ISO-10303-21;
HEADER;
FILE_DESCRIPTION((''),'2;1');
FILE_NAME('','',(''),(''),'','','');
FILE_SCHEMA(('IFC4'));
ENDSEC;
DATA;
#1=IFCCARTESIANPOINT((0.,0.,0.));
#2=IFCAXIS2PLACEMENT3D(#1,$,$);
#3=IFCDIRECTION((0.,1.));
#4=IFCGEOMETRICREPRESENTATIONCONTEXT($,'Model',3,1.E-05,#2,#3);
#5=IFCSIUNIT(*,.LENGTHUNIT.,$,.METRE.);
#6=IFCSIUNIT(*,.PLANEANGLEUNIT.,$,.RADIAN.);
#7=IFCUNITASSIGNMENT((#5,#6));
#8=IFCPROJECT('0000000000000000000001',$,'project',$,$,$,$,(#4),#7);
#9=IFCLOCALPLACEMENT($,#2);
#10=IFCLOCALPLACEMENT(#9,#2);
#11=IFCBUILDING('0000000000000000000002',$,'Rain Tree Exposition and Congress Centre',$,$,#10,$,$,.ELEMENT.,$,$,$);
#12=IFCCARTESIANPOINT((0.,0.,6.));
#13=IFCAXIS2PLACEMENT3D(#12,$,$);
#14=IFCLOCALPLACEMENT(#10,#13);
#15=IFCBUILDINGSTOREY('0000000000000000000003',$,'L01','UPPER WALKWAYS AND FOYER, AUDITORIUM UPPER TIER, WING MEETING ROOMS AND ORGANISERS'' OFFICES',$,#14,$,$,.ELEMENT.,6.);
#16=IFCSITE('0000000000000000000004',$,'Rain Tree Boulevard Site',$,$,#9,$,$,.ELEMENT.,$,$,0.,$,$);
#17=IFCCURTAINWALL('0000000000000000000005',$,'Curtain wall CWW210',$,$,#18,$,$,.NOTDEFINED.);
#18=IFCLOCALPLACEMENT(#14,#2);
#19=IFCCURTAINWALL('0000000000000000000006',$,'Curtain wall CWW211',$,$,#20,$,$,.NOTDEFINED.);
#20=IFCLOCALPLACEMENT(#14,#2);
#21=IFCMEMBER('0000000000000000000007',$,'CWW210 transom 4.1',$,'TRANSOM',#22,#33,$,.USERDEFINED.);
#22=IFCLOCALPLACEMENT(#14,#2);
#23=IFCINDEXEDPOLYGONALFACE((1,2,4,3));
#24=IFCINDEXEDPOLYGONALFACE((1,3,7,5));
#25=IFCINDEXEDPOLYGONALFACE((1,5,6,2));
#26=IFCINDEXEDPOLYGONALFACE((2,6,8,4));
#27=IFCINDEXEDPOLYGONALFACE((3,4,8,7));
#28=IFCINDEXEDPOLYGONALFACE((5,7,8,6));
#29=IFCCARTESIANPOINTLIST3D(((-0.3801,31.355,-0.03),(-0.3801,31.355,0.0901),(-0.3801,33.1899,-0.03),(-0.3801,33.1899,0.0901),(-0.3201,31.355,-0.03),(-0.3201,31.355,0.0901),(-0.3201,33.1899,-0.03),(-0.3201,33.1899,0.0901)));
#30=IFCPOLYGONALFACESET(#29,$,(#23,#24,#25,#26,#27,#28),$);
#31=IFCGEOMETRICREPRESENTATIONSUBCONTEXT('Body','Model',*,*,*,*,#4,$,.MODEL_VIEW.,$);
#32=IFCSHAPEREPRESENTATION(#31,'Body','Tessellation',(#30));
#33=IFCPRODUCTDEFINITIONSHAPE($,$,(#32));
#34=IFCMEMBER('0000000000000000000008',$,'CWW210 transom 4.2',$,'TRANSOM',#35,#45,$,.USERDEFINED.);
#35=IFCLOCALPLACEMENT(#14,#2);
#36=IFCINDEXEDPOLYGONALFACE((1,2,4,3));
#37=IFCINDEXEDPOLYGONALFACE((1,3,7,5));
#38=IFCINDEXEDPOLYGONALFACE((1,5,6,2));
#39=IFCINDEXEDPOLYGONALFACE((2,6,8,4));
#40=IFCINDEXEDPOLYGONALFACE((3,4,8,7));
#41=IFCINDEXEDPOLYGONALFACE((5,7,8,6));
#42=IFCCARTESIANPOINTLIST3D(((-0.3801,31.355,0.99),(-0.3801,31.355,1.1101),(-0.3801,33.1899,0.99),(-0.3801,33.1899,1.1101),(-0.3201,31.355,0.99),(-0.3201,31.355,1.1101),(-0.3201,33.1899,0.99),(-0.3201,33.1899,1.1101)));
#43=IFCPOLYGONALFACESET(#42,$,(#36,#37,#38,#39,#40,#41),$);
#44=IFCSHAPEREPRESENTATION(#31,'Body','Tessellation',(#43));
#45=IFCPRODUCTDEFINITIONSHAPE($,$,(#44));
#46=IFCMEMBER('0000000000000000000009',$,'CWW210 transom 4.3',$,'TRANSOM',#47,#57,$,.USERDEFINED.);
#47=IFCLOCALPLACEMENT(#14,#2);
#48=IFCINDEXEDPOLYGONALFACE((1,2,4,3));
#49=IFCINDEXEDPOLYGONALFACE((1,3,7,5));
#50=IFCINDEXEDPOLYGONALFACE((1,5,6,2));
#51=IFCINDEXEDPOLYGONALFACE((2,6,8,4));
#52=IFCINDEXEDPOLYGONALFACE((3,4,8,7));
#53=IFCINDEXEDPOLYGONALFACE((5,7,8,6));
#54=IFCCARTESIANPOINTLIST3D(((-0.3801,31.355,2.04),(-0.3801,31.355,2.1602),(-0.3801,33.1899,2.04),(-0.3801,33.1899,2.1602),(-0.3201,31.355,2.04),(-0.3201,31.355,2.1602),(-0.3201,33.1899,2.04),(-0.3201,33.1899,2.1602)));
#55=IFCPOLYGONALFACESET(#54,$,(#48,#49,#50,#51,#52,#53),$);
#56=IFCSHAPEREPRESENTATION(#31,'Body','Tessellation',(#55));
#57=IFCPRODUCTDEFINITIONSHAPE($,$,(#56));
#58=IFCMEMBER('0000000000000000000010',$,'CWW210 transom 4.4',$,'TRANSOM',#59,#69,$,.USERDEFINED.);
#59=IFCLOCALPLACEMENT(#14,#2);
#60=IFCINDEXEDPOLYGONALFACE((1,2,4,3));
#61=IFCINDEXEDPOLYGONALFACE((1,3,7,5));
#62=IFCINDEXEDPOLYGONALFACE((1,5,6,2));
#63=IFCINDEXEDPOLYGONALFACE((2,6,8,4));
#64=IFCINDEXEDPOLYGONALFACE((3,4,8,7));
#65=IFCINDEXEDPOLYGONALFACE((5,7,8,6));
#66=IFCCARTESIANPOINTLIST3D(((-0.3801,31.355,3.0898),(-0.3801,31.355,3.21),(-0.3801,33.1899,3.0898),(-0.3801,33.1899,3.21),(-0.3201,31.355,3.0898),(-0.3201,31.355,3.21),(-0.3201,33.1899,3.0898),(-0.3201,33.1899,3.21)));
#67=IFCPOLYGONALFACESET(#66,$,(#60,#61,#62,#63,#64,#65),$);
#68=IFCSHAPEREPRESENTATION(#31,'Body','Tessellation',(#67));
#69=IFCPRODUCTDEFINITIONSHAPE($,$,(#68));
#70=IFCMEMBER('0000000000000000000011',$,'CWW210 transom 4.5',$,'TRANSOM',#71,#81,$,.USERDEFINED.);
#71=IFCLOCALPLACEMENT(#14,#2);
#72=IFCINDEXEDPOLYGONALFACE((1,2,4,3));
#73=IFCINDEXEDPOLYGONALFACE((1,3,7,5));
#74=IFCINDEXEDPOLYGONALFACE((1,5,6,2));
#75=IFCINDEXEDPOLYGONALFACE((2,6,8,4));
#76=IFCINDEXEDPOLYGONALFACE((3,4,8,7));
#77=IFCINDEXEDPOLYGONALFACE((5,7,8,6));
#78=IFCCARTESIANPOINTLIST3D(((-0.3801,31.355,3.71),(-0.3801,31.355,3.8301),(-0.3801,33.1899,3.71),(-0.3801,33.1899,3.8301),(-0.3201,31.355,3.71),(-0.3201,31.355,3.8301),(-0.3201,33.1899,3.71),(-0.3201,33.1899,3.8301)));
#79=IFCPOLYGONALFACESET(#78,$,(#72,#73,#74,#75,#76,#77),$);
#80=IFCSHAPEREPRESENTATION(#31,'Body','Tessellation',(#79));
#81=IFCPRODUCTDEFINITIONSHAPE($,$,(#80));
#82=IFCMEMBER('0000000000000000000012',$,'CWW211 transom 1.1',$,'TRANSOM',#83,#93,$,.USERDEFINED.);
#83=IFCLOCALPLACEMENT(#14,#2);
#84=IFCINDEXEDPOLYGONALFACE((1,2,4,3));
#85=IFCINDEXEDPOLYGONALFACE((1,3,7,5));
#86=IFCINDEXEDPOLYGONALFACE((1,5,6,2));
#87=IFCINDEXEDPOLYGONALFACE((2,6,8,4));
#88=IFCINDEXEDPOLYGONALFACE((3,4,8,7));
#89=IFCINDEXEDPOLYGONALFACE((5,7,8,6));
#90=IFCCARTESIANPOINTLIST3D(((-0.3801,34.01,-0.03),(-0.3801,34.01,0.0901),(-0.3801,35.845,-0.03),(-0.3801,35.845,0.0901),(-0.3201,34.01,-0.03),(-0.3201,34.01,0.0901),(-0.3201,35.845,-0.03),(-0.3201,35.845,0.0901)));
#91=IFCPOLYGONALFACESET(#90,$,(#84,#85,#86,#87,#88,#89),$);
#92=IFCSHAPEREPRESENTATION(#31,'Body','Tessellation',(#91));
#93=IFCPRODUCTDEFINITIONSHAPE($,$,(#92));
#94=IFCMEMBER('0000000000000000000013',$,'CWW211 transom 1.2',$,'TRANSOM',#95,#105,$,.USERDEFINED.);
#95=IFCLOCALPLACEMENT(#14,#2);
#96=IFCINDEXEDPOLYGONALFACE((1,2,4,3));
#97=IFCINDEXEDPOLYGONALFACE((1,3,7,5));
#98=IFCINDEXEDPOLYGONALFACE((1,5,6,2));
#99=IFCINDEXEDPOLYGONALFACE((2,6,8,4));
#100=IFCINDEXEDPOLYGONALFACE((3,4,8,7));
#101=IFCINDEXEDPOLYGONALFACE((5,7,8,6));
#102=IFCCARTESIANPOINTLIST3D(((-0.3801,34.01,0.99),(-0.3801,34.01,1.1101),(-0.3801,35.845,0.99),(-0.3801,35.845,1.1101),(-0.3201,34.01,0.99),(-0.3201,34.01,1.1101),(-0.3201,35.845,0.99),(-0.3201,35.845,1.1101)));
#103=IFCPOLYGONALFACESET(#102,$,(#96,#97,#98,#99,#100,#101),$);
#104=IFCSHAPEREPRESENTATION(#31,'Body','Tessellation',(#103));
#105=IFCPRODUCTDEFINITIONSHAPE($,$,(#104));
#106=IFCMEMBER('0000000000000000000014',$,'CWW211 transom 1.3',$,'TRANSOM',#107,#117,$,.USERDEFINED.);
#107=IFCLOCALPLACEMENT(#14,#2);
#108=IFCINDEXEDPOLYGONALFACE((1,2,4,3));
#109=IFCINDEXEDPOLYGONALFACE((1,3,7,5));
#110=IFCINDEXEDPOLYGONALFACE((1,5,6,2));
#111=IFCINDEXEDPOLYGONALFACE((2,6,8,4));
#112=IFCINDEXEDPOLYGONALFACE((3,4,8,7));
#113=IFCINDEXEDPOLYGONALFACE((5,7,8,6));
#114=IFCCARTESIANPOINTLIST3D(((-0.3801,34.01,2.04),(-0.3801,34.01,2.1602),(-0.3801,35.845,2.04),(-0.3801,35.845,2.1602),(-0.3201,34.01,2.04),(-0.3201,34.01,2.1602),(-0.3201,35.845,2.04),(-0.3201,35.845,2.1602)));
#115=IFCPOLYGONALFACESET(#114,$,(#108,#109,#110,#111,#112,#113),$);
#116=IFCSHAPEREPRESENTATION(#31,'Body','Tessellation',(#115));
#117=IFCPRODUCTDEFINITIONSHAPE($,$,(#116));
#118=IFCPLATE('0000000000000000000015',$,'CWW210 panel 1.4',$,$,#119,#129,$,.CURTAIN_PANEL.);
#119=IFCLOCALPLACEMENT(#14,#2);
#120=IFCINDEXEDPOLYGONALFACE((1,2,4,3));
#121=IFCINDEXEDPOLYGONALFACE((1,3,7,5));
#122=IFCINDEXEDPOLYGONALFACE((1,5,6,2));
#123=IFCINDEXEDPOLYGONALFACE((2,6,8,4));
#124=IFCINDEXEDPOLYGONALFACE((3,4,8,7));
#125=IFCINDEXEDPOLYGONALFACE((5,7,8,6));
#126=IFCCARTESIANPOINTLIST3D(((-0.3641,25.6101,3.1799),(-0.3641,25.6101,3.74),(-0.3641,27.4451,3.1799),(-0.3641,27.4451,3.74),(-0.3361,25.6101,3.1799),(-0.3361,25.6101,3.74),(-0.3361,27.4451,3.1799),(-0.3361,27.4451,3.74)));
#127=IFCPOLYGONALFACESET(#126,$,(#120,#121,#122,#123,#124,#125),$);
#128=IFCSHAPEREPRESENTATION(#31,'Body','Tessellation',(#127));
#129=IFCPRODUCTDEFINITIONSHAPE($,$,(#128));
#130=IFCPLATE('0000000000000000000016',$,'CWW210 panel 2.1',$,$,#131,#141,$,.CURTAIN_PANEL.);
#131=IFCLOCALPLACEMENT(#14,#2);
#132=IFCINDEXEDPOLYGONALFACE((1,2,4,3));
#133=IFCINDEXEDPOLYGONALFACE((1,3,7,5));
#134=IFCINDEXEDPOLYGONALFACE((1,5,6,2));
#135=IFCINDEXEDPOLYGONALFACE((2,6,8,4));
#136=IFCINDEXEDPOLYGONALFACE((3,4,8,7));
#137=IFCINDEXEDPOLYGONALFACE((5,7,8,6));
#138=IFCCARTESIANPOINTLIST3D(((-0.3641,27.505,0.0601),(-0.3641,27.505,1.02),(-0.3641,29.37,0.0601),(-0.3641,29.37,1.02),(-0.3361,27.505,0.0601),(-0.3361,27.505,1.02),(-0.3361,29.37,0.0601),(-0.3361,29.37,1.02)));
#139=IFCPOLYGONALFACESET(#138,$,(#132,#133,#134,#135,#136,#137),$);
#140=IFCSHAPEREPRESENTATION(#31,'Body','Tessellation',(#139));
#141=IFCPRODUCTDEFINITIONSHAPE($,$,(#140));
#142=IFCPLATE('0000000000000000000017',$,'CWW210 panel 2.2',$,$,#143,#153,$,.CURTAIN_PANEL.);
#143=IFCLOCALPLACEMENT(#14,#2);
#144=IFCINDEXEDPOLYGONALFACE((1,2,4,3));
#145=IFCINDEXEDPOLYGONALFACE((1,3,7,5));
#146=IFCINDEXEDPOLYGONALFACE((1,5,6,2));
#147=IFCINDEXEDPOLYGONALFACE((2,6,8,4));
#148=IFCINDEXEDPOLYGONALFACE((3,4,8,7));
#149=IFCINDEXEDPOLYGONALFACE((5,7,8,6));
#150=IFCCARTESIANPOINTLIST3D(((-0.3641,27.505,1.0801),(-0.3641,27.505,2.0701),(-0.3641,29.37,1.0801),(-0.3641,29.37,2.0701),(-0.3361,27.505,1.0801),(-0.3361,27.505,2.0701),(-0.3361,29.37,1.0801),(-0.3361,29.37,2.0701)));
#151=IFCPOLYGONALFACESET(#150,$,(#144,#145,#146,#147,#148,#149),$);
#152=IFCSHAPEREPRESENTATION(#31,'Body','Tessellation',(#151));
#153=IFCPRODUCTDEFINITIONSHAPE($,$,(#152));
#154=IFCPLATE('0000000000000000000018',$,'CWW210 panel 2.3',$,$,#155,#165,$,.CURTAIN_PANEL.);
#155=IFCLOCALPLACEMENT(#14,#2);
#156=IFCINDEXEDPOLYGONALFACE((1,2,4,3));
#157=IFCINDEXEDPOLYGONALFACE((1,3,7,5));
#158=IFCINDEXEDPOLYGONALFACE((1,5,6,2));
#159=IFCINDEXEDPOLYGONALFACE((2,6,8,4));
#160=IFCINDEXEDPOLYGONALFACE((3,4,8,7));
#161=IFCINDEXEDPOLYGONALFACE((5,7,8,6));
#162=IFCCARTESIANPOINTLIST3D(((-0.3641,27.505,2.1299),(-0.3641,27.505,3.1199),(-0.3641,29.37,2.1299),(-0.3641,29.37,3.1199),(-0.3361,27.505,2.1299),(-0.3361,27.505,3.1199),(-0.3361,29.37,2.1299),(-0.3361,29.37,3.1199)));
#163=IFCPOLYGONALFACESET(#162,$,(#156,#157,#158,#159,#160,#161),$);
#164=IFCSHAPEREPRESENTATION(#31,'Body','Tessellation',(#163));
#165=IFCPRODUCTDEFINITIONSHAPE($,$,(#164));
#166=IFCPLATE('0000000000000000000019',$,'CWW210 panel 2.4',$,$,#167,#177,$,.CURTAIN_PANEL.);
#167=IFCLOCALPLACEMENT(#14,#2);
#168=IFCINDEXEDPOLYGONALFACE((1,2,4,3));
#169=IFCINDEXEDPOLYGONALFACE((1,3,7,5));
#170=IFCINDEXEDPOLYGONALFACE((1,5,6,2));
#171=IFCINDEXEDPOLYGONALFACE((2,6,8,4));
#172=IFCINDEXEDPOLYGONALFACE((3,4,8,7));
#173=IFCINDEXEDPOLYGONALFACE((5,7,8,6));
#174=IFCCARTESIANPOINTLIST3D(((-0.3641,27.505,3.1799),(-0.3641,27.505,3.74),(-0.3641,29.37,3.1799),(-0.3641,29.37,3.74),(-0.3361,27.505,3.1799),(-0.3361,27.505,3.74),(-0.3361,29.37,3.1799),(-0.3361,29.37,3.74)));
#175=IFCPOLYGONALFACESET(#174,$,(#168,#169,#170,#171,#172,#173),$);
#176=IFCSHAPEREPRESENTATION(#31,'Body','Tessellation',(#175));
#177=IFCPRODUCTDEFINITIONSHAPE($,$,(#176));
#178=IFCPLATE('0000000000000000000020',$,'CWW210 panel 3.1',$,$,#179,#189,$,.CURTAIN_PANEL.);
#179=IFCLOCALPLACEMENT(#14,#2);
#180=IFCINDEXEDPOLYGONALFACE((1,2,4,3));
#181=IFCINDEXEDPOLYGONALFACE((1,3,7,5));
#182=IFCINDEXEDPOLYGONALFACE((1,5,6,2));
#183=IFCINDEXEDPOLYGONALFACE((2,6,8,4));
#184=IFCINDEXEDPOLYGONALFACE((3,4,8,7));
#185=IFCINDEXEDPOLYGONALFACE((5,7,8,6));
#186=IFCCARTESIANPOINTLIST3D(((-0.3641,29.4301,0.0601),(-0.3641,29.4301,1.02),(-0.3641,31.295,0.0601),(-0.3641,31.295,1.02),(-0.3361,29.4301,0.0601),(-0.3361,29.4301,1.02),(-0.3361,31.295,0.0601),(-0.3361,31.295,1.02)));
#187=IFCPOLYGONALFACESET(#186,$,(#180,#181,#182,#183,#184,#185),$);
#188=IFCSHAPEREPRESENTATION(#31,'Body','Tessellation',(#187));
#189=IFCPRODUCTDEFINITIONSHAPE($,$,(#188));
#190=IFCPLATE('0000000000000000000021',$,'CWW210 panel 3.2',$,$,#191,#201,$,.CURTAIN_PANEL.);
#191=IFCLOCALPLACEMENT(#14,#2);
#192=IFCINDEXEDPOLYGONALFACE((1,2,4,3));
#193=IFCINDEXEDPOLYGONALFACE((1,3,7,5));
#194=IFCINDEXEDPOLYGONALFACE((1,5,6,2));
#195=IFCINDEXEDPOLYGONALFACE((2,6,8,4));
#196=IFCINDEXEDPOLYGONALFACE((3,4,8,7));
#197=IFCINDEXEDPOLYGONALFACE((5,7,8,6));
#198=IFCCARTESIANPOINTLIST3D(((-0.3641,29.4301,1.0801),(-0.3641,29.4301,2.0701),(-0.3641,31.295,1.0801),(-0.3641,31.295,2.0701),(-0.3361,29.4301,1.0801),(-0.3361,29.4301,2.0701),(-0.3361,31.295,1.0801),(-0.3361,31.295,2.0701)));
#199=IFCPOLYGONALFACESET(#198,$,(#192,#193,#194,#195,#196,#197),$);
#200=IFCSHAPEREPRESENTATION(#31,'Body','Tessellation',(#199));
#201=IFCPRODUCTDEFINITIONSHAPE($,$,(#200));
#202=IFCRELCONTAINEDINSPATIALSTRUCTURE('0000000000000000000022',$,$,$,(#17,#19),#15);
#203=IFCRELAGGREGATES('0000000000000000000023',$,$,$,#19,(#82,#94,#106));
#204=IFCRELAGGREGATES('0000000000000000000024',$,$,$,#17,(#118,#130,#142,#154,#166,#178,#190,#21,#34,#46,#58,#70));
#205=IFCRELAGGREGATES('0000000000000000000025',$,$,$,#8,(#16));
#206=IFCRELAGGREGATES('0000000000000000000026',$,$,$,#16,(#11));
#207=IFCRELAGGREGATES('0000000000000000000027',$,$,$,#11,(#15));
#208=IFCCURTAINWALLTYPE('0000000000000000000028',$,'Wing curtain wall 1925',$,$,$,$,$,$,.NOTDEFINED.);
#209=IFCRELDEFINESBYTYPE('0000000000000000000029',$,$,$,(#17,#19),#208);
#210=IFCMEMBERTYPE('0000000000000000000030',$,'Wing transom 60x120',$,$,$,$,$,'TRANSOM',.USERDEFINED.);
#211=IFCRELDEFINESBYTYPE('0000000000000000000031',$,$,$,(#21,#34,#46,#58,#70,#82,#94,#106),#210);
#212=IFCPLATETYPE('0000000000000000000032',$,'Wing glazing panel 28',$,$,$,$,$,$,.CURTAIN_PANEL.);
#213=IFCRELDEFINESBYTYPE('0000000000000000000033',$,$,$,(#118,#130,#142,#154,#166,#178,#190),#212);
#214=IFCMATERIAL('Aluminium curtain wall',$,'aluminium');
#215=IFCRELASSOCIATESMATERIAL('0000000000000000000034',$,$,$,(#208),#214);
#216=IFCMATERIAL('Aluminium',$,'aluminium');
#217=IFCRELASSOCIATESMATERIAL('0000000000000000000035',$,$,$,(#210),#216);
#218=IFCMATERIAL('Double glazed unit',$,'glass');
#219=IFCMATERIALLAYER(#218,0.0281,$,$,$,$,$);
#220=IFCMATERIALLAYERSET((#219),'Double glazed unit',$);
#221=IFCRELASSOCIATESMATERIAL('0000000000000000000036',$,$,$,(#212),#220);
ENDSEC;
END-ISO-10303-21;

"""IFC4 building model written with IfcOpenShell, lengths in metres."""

from ifc_helpers import new_model, si_unit, direction, frame, origin, origin_2d, place, context, subcontext, project, spatial, rectangle, extrude, material, layer, layer_set, material_profile, profile_set, type_object, element, aggregate, save


model = new_model("IFC4")

# Units and contexts
model_context = context("Model", 3, precision=1e-05, world=origin(), true_north=direction((0.0, 1.0)))
body_context = subcontext(model_context, "Body", "Model", "MODEL_VIEW")
ifc_project = project(units=[si_unit("LENGTHUNIT", "METRE"), si_unit("PLANEANGLEUNIT", "RADIAN")], contexts=[model_context])

# Site, building, storey
site_placement = place(None, origin())
site = spatial("IfcSite", under=ifc_project, at=site_placement, Name="Rain Tree Boulevard Site", CompositionType="ELEMENT", RefElevation=0.0)
building_placement = place(site_placement, origin())
building = spatial("IfcBuilding", under=site, at=building_placement, Name="Rain Tree Exposition and Congress Centre", CompositionType="ELEMENT")
storey_placement = place(building_placement, frame((0.0, 0.0, 6.0)))
storey = spatial("IfcBuildingStorey", under=building, at=storey_placement, Name="L01", Description="UPPER WALKWAYS AND FOYER, AUDITORIUM UPPER TIER, WING MEETING ROOMS AND ORGANISERS' OFFICES", CompositionType="ELEMENT", Elevation=6.0)

# Curtain wall
ifc_material_1 = material(Name="Aluminium curtain wall", Category="aluminium")
curtain_wall_type = type_object("IfcCurtainWallType", Name="Wing curtain wall 1925", PredefinedType="NOTDEFINED", material=ifc_material_1)
curtain_wall_1_placement = place(storey_placement, origin())
curtain_wall_1 = element("IfcCurtainWall", 1, at=curtain_wall_1_placement, inside=storey, type_object=curtain_wall_type, Name="Curtain wall CWW210", PredefinedType="NOTDEFINED")

# Curtain wall
curtain_wall_2_placement = place(storey_placement, origin())
curtain_wall_2 = element("IfcCurtainWall", 2, at=curtain_wall_2_placement, inside=storey, type_object=curtain_wall_type, Name="Curtain wall CWW211", PredefinedType="NOTDEFINED")

# Members
ifc_material_2 = material(Name="Aluminium", Category="aluminium")
ifc_material_profile_1 = material_profile(ifc_material_2, rectangle(XDim=0.0601, YDim=0.1201, at=origin_2d()), Name="Aluminium 60x120")
ifc_profile_set_1 = profile_set([ifc_material_profile_1], Name="Aluminium")
member_type_1 = type_object("IfcMemberType", Name="Wing transom 60x120", ElementType="TRANSOM", PredefinedType="USERDEFINED", material=ifc_profile_set_1)
member_1_placement = place(storey_placement, frame((-0.3501, 31.355, 0.03), z_axis=(0.0, 1.0, 0.0), x_axis=(-1.0, 0.0, 0.0)))
member_1 = element("IfcMember", 3, at=member_1_placement, type_object=member_type_1, Name="CWW210 transom 4.1", ObjectType="TRANSOM", PredefinedType="USERDEFINED", context=body_context, shape_type="SweptSolid", body=[
    extrude(rectangle(XDim=0.0601, YDim=0.1201, at=origin_2d()), origin(), (0.0, 0.0, 1.0), 1.835),
])
member_2_placement = place(storey_placement, frame((-0.3501, 31.355, 1.05), z_axis=(0.0, 1.0, 0.0), x_axis=(-1.0, 0.0, 0.0)))
member_2 = element("IfcMember", 4, at=member_2_placement, type_object=member_type_1, Name="CWW210 transom 4.2", ObjectType="TRANSOM", PredefinedType="USERDEFINED", context=body_context, shape_type="SweptSolid", body=[
    extrude(rectangle(XDim=0.0601, YDim=0.1201, at=origin_2d()), origin(), (0.0, 0.0, 1.0), 1.835),
])
member_3_placement = place(storey_placement, frame((-0.3501, 31.355, 2.1001), z_axis=(0.0, 1.0, 0.0), x_axis=(-1.0, 0.0, 0.0)))
member_3 = element("IfcMember", 5, at=member_3_placement, type_object=member_type_1, Name="CWW210 transom 4.3", ObjectType="TRANSOM", PredefinedType="USERDEFINED", context=body_context, shape_type="SweptSolid", body=[
    extrude(rectangle(XDim=0.0601, YDim=0.1201, at=origin_2d()), origin(), (0.0, 0.0, 1.0), 1.835),
])
member_4_placement = place(storey_placement, frame((-0.3501, 31.355, 3.1499), z_axis=(0.0, 1.0, 0.0), x_axis=(-1.0, 0.0, 0.0)))
member_4 = element("IfcMember", 6, at=member_4_placement, type_object=member_type_1, Name="CWW210 transom 4.4", ObjectType="TRANSOM", PredefinedType="USERDEFINED", context=body_context, shape_type="SweptSolid", body=[
    extrude(rectangle(XDim=0.0601, YDim=0.1201, at=origin_2d()), origin(), (0.0, 0.0, 1.0), 1.835),
])
member_5_placement = place(storey_placement, frame((-0.3501, 31.355, 3.77), z_axis=(0.0, 1.0, 0.0), x_axis=(-1.0, 0.0, 0.0)))
member_5 = element("IfcMember", 7, at=member_5_placement, type_object=member_type_1, Name="CWW210 transom 4.5", ObjectType="TRANSOM", PredefinedType="USERDEFINED", context=body_context, shape_type="SweptSolid", body=[
    extrude(rectangle(XDim=0.0601, YDim=0.1201, at=origin_2d()), origin(), (0.0, 0.0, 1.0), 1.835),
])
member_6_placement = place(storey_placement, frame((-0.3501, 34.01, 0.03), z_axis=(0.0, 1.0, 0.0), x_axis=(-1.0, 0.0, 0.0)))
member_6 = element("IfcMember", 8, at=member_6_placement, type_object=member_type_1, Name="CWW211 transom 1.1", ObjectType="TRANSOM", PredefinedType="USERDEFINED", context=body_context, shape_type="SweptSolid", body=[
    extrude(rectangle(XDim=0.0601, YDim=0.1201, at=origin_2d()), origin(), (0.0, 0.0, 1.0), 1.835),
])
member_7_placement = place(storey_placement, frame((-0.3501, 34.01, 1.05), z_axis=(0.0, 1.0, 0.0), x_axis=(-1.0, 0.0, 0.0)))
member_7 = element("IfcMember", 9, at=member_7_placement, type_object=member_type_1, Name="CWW211 transom 1.2", ObjectType="TRANSOM", PredefinedType="USERDEFINED", context=body_context, shape_type="SweptSolid", body=[
    extrude(rectangle(XDim=0.0601, YDim=0.1201, at=origin_2d()), origin(), (0.0, 0.0, 1.0), 1.835),
])
member_8_placement = place(storey_placement, frame((-0.3501, 34.01, 2.1001), z_axis=(0.0, 1.0, 0.0), x_axis=(-1.0, 0.0, 0.0)))
member_8 = element("IfcMember", 10, at=member_8_placement, type_object=member_type_1, Name="CWW211 transom 1.3", ObjectType="TRANSOM", PredefinedType="USERDEFINED", context=body_context, shape_type="SweptSolid", body=[
    extrude(rectangle(XDim=0.0601, YDim=0.1201, at=origin_2d()), origin(), (0.0, 0.0, 1.0), 1.835),
])
aggregate(curtain_wall_2, [member_6, member_7, member_8])

# Plates
ifc_material_3 = material(Name="Double glazed unit", Category="glass")
ifc_layer = layer(ifc_material_3, 0.0281)
ifc_layer_set = layer_set([ifc_layer], Name="Double glazed unit")
plate_type = type_object("IfcPlateType", Name="Wing glazing panel 28", PredefinedType="CURTAIN_PANEL", material=ifc_layer_set)
plate_1_placement = place(storey_placement, frame((-0.3501, 26.5276, 3.1799), z_axis=(0.0, 0.0, 1.0), x_axis=(0.0, 1.0, 0.0)))
plate_1 = element("IfcPlate", 11, at=plate_1_placement, type_object=plate_type, Name="CWW210 panel 1.4", PredefinedType="CURTAIN_PANEL", context=body_context, shape_type="SweptSolid", body=[
    extrude(rectangle(XDim=1.835, YDim=0.0281, at=origin_2d()), origin(), (0.0, 0.0, 1.0), 0.5601),
])
plate_2_placement = place(storey_placement, frame((-0.3501, 28.4375, 0.0601), z_axis=(0.0, 0.0, 1.0), x_axis=(0.0, 1.0, 0.0)))
plate_2 = element("IfcPlate", 12, at=plate_2_placement, type_object=plate_type, Name="CWW210 panel 2.1", PredefinedType="CURTAIN_PANEL", context=body_context, shape_type="SweptSolid", body=[
    extrude(rectangle(XDim=1.865, YDim=0.0281, at=origin_2d()), origin(), (0.0, 0.0, 1.0), 0.96),
])
plate_3_placement = place(storey_placement, frame((-0.3501, 28.4375, 1.0801), z_axis=(0.0, 0.0, 1.0), x_axis=(0.0, 1.0, 0.0)))
plate_3 = element("IfcPlate", 13, at=plate_3_placement, type_object=plate_type, Name="CWW210 panel 2.2", PredefinedType="CURTAIN_PANEL", context=body_context, shape_type="SweptSolid", body=[
    extrude(rectangle(XDim=1.865, YDim=0.0281, at=origin_2d()), origin(), (0.0, 0.0, 1.0), 0.99),
])
plate_4_placement = place(storey_placement, frame((-0.3501, 28.4375, 2.1299), z_axis=(0.0, 0.0, 1.0), x_axis=(0.0, 1.0, 0.0)))
plate_4 = element("IfcPlate", 14, at=plate_4_placement, type_object=plate_type, Name="CWW210 panel 2.3", PredefinedType="CURTAIN_PANEL", context=body_context, shape_type="SweptSolid", body=[
    extrude(rectangle(XDim=1.865, YDim=0.0281, at=origin_2d()), origin(), (0.0, 0.0, 1.0), 0.99),
])
plate_5_placement = place(storey_placement, frame((-0.3501, 28.4375, 3.1799), z_axis=(0.0, 0.0, 1.0), x_axis=(0.0, 1.0, 0.0)))
plate_5 = element("IfcPlate", 15, at=plate_5_placement, type_object=plate_type, Name="CWW210 panel 2.4", PredefinedType="CURTAIN_PANEL", context=body_context, shape_type="SweptSolid", body=[
    extrude(rectangle(XDim=1.865, YDim=0.0281, at=origin_2d()), origin(), (0.0, 0.0, 1.0), 0.5601),
])
plate_6_placement = place(storey_placement, frame((-0.3501, 30.3625, 0.0601), z_axis=(0.0, 0.0, 1.0), x_axis=(0.0, 1.0, 0.0)))
plate_6 = element("IfcPlate", 16, at=plate_6_placement, type_object=plate_type, Name="CWW210 panel 3.1", PredefinedType="CURTAIN_PANEL", context=body_context, shape_type="SweptSolid", body=[
    extrude(rectangle(XDim=1.865, YDim=0.0281, at=origin_2d()), origin(), (0.0, 0.0, 1.0), 0.96),
])
plate_7_placement = place(storey_placement, frame((-0.3501, 30.3625, 1.0801), z_axis=(0.0, 0.0, 1.0), x_axis=(0.0, 1.0, 0.0)))
plate_7 = element("IfcPlate", 17, at=plate_7_placement, type_object=plate_type, Name="CWW210 panel 3.2", PredefinedType="CURTAIN_PANEL", context=body_context, shape_type="SweptSolid", body=[
    extrude(rectangle(XDim=1.865, YDim=0.0281, at=origin_2d()), origin(), (0.0, 0.0, 1.0), 0.99),
])
aggregate(curtain_wall_1, [plate_1, plate_2, plate_3, plate_4, plate_5, plate_6, plate_7, member_1, member_2, member_3, member_4, member_5])

save(model, "model.ifc")
